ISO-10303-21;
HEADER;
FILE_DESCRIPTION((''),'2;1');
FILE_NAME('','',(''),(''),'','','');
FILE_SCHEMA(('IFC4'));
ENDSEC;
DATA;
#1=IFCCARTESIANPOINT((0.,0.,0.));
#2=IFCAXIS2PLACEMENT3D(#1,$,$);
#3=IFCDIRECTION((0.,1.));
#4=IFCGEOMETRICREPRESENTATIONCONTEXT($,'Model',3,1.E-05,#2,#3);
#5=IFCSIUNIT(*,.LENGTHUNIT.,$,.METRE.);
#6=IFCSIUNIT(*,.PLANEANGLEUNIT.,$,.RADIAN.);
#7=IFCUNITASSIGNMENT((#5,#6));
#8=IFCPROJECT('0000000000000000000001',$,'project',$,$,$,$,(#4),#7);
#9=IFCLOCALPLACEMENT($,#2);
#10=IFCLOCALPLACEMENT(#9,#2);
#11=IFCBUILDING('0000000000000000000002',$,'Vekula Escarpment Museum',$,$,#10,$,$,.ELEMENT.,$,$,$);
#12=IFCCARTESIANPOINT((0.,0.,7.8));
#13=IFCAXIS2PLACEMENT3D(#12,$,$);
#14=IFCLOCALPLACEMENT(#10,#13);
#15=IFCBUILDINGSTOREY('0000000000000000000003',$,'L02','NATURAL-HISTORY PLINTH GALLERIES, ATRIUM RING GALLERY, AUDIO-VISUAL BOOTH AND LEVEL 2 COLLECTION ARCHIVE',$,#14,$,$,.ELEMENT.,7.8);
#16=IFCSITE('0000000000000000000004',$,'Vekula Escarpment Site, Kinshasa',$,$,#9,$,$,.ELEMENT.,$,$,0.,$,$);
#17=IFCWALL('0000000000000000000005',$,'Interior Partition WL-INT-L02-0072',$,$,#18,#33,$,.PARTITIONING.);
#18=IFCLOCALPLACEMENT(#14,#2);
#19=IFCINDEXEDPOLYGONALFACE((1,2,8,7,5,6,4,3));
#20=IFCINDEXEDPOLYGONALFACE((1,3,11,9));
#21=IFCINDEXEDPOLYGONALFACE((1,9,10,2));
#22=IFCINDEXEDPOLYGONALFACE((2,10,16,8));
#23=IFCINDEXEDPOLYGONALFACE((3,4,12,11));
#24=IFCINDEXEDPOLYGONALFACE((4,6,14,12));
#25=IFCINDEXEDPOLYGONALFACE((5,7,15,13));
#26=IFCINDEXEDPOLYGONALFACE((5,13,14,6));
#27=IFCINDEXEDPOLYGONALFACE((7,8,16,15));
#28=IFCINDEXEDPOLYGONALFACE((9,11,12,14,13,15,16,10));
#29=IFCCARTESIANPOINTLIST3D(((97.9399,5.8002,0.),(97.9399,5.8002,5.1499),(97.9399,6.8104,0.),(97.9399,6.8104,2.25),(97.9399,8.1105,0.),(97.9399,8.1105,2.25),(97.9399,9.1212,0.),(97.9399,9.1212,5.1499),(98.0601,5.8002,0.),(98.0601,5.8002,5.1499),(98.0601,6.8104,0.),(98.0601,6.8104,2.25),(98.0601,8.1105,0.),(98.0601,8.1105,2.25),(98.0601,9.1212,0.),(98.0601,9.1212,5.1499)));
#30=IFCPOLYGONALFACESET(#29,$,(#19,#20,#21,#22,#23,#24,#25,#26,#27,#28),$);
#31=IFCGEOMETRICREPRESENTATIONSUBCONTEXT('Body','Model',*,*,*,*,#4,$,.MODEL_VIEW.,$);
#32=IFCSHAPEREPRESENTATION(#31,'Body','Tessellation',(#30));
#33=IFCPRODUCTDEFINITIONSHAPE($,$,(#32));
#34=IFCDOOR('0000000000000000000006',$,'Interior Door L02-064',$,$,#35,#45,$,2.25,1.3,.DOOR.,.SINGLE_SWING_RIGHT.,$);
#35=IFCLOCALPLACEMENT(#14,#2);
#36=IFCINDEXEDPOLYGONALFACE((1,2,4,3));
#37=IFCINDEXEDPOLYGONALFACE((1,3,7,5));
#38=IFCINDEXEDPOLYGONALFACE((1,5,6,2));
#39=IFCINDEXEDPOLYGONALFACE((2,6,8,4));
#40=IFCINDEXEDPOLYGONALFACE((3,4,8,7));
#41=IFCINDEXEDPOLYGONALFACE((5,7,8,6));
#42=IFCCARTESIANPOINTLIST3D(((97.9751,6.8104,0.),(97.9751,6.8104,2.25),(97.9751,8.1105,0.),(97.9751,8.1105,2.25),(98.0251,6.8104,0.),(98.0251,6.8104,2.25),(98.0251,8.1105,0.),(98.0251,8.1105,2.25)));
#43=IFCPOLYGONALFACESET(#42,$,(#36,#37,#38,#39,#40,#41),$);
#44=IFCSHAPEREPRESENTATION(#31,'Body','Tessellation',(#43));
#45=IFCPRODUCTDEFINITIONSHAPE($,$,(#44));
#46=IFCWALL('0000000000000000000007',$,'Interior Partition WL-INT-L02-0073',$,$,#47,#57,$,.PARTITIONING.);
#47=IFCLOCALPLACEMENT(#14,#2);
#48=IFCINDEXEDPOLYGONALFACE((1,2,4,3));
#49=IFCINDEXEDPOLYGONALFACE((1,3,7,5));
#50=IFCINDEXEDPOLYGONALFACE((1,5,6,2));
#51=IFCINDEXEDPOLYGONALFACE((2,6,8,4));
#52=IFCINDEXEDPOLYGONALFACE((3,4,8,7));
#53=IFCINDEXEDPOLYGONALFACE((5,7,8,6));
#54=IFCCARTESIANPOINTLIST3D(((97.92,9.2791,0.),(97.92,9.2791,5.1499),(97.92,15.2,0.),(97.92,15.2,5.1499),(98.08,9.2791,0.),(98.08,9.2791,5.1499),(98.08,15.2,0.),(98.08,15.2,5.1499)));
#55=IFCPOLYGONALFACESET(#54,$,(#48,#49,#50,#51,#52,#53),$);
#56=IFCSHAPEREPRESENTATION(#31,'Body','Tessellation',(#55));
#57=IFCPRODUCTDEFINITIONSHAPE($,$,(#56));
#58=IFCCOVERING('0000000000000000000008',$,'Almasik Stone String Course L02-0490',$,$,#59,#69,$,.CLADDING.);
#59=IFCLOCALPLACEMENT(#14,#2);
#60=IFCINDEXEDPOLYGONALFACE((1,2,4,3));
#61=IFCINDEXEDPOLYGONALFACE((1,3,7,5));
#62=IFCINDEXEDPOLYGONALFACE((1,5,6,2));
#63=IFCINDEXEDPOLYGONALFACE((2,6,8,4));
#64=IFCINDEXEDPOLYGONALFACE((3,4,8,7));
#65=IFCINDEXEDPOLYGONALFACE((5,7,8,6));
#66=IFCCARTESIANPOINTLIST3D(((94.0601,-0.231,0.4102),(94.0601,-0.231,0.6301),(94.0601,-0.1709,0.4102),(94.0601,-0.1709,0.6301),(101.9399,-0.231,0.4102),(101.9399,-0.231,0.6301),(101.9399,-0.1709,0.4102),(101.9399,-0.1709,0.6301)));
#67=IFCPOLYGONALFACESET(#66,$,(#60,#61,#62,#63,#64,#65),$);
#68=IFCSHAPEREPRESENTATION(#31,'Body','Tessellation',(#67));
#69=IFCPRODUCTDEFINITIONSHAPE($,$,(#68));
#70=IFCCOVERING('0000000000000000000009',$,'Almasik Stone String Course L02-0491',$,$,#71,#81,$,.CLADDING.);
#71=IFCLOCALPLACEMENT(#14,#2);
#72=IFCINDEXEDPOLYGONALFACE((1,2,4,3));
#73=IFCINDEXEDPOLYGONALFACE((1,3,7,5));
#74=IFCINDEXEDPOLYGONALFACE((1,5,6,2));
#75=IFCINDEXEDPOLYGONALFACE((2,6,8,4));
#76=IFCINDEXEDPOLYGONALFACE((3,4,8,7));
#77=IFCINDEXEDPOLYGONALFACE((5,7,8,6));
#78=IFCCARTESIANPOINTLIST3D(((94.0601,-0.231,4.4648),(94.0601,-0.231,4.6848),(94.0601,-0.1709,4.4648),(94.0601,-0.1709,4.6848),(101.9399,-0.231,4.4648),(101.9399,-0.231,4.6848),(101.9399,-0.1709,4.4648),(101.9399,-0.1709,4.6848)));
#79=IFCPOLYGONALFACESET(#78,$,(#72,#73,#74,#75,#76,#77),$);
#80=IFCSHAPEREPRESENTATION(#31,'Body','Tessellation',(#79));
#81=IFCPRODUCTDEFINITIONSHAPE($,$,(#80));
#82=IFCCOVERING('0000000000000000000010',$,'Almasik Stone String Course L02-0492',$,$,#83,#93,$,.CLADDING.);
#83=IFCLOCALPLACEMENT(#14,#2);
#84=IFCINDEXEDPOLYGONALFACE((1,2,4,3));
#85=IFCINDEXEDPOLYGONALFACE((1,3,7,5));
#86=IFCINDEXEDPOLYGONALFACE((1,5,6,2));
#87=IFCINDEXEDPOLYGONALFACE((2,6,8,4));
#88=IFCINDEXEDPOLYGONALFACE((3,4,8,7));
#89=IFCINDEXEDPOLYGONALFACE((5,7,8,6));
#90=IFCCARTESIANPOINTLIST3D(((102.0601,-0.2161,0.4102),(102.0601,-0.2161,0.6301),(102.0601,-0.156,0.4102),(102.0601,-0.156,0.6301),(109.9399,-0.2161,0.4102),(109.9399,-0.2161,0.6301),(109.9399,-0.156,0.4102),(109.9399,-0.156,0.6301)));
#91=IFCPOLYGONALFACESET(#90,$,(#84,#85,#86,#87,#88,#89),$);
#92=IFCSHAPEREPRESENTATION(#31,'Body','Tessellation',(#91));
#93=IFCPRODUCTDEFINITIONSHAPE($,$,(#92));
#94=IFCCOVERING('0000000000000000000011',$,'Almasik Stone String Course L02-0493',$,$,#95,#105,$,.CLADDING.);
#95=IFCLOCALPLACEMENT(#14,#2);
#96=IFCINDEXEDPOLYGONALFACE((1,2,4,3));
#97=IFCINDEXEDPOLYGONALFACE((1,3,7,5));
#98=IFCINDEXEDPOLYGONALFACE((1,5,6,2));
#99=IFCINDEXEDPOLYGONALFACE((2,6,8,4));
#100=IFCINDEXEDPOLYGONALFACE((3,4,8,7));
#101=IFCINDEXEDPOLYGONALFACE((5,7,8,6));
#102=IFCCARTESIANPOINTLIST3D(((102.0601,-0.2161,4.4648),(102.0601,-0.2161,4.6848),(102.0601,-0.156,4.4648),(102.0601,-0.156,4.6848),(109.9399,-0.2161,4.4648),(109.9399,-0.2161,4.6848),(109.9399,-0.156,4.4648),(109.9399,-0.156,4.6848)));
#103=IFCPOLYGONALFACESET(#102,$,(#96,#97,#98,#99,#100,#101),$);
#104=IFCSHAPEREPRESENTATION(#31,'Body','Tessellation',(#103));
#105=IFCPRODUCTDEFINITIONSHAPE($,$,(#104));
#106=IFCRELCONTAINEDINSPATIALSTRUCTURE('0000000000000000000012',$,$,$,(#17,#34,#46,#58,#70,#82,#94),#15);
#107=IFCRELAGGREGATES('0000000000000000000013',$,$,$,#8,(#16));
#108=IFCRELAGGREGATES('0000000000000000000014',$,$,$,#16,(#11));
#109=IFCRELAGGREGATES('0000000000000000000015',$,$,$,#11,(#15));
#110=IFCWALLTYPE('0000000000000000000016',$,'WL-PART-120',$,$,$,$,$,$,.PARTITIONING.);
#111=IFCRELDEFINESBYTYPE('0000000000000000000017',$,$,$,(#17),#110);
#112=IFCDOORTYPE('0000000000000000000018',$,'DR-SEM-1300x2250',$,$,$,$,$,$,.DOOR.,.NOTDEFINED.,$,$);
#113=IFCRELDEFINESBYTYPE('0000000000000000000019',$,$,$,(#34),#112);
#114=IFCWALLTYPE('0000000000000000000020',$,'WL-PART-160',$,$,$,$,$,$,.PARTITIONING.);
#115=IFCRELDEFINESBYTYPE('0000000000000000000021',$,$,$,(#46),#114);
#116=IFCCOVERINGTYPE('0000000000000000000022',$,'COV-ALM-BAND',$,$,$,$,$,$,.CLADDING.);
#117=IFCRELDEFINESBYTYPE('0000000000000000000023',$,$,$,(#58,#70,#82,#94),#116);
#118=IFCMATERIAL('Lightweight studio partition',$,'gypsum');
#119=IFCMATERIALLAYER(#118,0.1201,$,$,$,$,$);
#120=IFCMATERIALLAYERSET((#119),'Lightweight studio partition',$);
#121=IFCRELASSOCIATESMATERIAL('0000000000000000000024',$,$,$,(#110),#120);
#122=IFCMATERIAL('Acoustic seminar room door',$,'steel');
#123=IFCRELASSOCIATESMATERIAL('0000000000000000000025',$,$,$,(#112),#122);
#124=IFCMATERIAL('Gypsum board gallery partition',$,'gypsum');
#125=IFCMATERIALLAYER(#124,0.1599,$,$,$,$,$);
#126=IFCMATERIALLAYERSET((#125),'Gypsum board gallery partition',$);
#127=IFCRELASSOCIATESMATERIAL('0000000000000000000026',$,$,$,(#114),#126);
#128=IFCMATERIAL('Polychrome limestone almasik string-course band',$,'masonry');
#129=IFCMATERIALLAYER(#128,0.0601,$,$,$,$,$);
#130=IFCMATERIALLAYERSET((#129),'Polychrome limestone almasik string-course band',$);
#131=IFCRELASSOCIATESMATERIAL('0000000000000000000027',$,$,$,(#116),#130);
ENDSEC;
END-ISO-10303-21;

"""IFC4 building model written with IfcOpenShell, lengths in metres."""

from ifc_helpers import new_model, si_unit, direction, frame, frame_2d, origin, origin_2d, place, context, subcontext, project, spatial, rectangle, extrude, material, layer, layer_set, type_object, element, fill, save


model = new_model("IFC4")

# Units and contexts
model_context = context("Model", 3, precision=1e-05, world=origin(), true_north=direction((0.0, 1.0)))
body_context = subcontext(model_context, "Body", "Model", "MODEL_VIEW")
ifc_project = project(units=[si_unit("LENGTHUNIT", "METRE"), si_unit("PLANEANGLEUNIT", "RADIAN")], contexts=[model_context])

# Site, building, storey
site_placement = place(None, origin())
site = spatial("IfcSite", under=ifc_project, at=site_placement, Name="Vekula Escarpment Site, Kinshasa", CompositionType="ELEMENT", RefElevation=0.0)
building_placement = place(site_placement, origin())
building = spatial("IfcBuilding", under=site, at=building_placement, Name="Vekula Escarpment Museum", CompositionType="ELEMENT")
storey_placement = place(building_placement, frame((0.0, 0.0, 7.8)))
storey = spatial("IfcBuildingStorey", under=building, at=storey_placement, Name="L02", Description="NATURAL-HISTORY PLINTH GALLERIES, ATRIUM RING GALLERY, AUDIO-VISUAL BOOTH AND LEVEL 2 COLLECTION ARCHIVE", CompositionType="ELEMENT", Elevation=7.8)

# Wall, opening, door
ifc_material_1 = material(Name="Lightweight studio partition", Category="gypsum")
ifc_layer_1 = layer(ifc_material_1, 0.1201)
ifc_layer_set_1 = layer_set([ifc_layer_1], Name="Lightweight studio partition")
wall_type_1 = type_object("IfcWallType", Name="WL-PART-120", PredefinedType="PARTITIONING", material=ifc_layer_set_1)
wall_1_placement = place(storey_placement, frame((98.0, 5.8, 0.0), z_axis=(0.0, 0.0, 1.0), x_axis=(0.0, 1.0, 0.0)))
wall_1 = element("IfcWall", 1, at=wall_1_placement, inside=storey, type_object=wall_type_1, Name="Interior Partition WL-INT-L02-0072", PredefinedType="PARTITIONING", context=body_context, shape_type="SweptSolid", body=[
    extrude(rectangle(XDim=3.321, YDim=0.1201, at=frame_2d((1.6606, 0.0))), origin(), (0.0, 0.0, 1.0), 5.1499),
])
opening_1_placement = place(wall_1_placement, frame((1.0105, 0.0, 0.0)))
opening_1 = element("IfcOpeningElement", 2, at=opening_1_placement, cuts=wall_1, PredefinedType="OPENING", context=body_context, shape_type="SweptSolid", body=[
    extrude(rectangle(XDim=1.3, YDim=2.25, at=frame_2d((0.6499, 1.125))), frame((0.0, 0.0701, 0.0), z_axis=(0.0, -1.0, 0.0), x_axis=(1.0, 0.0, 0.0)), (0.0, 0.0, 1.0), 0.1401),
])
ifc_material_2 = material(Name="Acoustic seminar room door", Category="steel")
door_type = type_object("IfcDoorType", Name="DR-SEM-1300x2250", OperationType="NOTDEFINED", PredefinedType="DOOR", material=ifc_material_2)
door_placement = place(opening_1_placement, origin())
door = element("IfcDoor", 3, at=door_placement, inside=storey, type_object=door_type, Name="Interior Door L02-064", OperationType="SINGLE_SWING_RIGHT", OverallHeight=2.25, OverallWidth=1.3, PredefinedType="DOOR", context=body_context, shape_type="SweptSolid", body=[
    extrude(rectangle(XDim=1.3, YDim=2.25, at=frame_2d((0.6499, 1.125))), frame((0.0, 0.0249, 0.0), z_axis=(0.0, -1.0, 0.0), x_axis=(1.0, 0.0, 0.0)), (0.0, 0.0, 1.0), 0.05),
])
fill(opening_1, door)

# Wall
ifc_material_3 = material(Name="Gypsum board gallery partition", Category="gypsum")
ifc_layer_2 = layer(ifc_material_3, 0.1599)
ifc_layer_set_2 = layer_set([ifc_layer_2], Name="Gypsum board gallery partition")
wall_type_2 = type_object("IfcWallType", Name="WL-PART-160", PredefinedType="PARTITIONING", material=ifc_layer_set_2)
wall_2_placement = place(storey_placement, frame((98.0, 9.2791, 0.0), z_axis=(0.0, 0.0, 1.0), x_axis=(0.0, 1.0, 0.0)))
element("IfcWall", 4, at=wall_2_placement, inside=storey, type_object=wall_type_2, Name="Interior Partition WL-INT-L02-0073", PredefinedType="PARTITIONING", context=body_context, shape_type="SweptSolid", body=[
    extrude(rectangle(XDim=5.9209, YDim=0.1599, at=frame_2d((2.9604, 0.0))), origin(), (0.0, 0.0, 1.0), 5.1499),
])

# Coverings
ifc_material_4 = material(Name="Polychrome limestone almasik string-course band", Category="masonry")
ifc_layer_3 = layer(ifc_material_4, 0.0601)
ifc_layer_set_3 = layer_set([ifc_layer_3], Name="Polychrome limestone almasik string-course band")
covering_type = type_object("IfcCoveringType", Name="COV-ALM-BAND", PredefinedType="CLADDING", material=ifc_layer_set_3)
for number, where, z_axis, x_axis, name in (
    (5, (98.0, -0.2009, 0.4102), (0.0, 0.0, 1.0), (1.0, 0.0, 0.0), "Almasik Stone String Course L02-0490"),
    (6, (98.0, -0.2009, 4.4648), (0.0, 0.0, 1.0), (1.0, 0.0, 0.0), "Almasik Stone String Course L02-0491"),
    (7, (106.0, -0.186, 0.4102), (0.0, 0.0, 1.0), (1.0, 0.0, 0.0), "Almasik Stone String Course L02-0492"),
    (8, (106.0, -0.186, 4.4648), (0.0, 0.0, 1.0), (1.0, 0.0, 0.0), "Almasik Stone String Course L02-0493"),
):
    element("IfcCovering", number, at=place(storey_placement, frame(where, z_axis=z_axis, x_axis=x_axis)), inside=storey, type_object=covering_type, Name=name, PredefinedType="CLADDING", context=body_context, shape_type="SweptSolid", body=[
        extrude(rectangle(XDim=7.8799, YDim=0.0601, at=origin_2d()), origin(), (0.0, 0.0, 1.0), 0.22),
    ])

save(model, "model.ifc")
